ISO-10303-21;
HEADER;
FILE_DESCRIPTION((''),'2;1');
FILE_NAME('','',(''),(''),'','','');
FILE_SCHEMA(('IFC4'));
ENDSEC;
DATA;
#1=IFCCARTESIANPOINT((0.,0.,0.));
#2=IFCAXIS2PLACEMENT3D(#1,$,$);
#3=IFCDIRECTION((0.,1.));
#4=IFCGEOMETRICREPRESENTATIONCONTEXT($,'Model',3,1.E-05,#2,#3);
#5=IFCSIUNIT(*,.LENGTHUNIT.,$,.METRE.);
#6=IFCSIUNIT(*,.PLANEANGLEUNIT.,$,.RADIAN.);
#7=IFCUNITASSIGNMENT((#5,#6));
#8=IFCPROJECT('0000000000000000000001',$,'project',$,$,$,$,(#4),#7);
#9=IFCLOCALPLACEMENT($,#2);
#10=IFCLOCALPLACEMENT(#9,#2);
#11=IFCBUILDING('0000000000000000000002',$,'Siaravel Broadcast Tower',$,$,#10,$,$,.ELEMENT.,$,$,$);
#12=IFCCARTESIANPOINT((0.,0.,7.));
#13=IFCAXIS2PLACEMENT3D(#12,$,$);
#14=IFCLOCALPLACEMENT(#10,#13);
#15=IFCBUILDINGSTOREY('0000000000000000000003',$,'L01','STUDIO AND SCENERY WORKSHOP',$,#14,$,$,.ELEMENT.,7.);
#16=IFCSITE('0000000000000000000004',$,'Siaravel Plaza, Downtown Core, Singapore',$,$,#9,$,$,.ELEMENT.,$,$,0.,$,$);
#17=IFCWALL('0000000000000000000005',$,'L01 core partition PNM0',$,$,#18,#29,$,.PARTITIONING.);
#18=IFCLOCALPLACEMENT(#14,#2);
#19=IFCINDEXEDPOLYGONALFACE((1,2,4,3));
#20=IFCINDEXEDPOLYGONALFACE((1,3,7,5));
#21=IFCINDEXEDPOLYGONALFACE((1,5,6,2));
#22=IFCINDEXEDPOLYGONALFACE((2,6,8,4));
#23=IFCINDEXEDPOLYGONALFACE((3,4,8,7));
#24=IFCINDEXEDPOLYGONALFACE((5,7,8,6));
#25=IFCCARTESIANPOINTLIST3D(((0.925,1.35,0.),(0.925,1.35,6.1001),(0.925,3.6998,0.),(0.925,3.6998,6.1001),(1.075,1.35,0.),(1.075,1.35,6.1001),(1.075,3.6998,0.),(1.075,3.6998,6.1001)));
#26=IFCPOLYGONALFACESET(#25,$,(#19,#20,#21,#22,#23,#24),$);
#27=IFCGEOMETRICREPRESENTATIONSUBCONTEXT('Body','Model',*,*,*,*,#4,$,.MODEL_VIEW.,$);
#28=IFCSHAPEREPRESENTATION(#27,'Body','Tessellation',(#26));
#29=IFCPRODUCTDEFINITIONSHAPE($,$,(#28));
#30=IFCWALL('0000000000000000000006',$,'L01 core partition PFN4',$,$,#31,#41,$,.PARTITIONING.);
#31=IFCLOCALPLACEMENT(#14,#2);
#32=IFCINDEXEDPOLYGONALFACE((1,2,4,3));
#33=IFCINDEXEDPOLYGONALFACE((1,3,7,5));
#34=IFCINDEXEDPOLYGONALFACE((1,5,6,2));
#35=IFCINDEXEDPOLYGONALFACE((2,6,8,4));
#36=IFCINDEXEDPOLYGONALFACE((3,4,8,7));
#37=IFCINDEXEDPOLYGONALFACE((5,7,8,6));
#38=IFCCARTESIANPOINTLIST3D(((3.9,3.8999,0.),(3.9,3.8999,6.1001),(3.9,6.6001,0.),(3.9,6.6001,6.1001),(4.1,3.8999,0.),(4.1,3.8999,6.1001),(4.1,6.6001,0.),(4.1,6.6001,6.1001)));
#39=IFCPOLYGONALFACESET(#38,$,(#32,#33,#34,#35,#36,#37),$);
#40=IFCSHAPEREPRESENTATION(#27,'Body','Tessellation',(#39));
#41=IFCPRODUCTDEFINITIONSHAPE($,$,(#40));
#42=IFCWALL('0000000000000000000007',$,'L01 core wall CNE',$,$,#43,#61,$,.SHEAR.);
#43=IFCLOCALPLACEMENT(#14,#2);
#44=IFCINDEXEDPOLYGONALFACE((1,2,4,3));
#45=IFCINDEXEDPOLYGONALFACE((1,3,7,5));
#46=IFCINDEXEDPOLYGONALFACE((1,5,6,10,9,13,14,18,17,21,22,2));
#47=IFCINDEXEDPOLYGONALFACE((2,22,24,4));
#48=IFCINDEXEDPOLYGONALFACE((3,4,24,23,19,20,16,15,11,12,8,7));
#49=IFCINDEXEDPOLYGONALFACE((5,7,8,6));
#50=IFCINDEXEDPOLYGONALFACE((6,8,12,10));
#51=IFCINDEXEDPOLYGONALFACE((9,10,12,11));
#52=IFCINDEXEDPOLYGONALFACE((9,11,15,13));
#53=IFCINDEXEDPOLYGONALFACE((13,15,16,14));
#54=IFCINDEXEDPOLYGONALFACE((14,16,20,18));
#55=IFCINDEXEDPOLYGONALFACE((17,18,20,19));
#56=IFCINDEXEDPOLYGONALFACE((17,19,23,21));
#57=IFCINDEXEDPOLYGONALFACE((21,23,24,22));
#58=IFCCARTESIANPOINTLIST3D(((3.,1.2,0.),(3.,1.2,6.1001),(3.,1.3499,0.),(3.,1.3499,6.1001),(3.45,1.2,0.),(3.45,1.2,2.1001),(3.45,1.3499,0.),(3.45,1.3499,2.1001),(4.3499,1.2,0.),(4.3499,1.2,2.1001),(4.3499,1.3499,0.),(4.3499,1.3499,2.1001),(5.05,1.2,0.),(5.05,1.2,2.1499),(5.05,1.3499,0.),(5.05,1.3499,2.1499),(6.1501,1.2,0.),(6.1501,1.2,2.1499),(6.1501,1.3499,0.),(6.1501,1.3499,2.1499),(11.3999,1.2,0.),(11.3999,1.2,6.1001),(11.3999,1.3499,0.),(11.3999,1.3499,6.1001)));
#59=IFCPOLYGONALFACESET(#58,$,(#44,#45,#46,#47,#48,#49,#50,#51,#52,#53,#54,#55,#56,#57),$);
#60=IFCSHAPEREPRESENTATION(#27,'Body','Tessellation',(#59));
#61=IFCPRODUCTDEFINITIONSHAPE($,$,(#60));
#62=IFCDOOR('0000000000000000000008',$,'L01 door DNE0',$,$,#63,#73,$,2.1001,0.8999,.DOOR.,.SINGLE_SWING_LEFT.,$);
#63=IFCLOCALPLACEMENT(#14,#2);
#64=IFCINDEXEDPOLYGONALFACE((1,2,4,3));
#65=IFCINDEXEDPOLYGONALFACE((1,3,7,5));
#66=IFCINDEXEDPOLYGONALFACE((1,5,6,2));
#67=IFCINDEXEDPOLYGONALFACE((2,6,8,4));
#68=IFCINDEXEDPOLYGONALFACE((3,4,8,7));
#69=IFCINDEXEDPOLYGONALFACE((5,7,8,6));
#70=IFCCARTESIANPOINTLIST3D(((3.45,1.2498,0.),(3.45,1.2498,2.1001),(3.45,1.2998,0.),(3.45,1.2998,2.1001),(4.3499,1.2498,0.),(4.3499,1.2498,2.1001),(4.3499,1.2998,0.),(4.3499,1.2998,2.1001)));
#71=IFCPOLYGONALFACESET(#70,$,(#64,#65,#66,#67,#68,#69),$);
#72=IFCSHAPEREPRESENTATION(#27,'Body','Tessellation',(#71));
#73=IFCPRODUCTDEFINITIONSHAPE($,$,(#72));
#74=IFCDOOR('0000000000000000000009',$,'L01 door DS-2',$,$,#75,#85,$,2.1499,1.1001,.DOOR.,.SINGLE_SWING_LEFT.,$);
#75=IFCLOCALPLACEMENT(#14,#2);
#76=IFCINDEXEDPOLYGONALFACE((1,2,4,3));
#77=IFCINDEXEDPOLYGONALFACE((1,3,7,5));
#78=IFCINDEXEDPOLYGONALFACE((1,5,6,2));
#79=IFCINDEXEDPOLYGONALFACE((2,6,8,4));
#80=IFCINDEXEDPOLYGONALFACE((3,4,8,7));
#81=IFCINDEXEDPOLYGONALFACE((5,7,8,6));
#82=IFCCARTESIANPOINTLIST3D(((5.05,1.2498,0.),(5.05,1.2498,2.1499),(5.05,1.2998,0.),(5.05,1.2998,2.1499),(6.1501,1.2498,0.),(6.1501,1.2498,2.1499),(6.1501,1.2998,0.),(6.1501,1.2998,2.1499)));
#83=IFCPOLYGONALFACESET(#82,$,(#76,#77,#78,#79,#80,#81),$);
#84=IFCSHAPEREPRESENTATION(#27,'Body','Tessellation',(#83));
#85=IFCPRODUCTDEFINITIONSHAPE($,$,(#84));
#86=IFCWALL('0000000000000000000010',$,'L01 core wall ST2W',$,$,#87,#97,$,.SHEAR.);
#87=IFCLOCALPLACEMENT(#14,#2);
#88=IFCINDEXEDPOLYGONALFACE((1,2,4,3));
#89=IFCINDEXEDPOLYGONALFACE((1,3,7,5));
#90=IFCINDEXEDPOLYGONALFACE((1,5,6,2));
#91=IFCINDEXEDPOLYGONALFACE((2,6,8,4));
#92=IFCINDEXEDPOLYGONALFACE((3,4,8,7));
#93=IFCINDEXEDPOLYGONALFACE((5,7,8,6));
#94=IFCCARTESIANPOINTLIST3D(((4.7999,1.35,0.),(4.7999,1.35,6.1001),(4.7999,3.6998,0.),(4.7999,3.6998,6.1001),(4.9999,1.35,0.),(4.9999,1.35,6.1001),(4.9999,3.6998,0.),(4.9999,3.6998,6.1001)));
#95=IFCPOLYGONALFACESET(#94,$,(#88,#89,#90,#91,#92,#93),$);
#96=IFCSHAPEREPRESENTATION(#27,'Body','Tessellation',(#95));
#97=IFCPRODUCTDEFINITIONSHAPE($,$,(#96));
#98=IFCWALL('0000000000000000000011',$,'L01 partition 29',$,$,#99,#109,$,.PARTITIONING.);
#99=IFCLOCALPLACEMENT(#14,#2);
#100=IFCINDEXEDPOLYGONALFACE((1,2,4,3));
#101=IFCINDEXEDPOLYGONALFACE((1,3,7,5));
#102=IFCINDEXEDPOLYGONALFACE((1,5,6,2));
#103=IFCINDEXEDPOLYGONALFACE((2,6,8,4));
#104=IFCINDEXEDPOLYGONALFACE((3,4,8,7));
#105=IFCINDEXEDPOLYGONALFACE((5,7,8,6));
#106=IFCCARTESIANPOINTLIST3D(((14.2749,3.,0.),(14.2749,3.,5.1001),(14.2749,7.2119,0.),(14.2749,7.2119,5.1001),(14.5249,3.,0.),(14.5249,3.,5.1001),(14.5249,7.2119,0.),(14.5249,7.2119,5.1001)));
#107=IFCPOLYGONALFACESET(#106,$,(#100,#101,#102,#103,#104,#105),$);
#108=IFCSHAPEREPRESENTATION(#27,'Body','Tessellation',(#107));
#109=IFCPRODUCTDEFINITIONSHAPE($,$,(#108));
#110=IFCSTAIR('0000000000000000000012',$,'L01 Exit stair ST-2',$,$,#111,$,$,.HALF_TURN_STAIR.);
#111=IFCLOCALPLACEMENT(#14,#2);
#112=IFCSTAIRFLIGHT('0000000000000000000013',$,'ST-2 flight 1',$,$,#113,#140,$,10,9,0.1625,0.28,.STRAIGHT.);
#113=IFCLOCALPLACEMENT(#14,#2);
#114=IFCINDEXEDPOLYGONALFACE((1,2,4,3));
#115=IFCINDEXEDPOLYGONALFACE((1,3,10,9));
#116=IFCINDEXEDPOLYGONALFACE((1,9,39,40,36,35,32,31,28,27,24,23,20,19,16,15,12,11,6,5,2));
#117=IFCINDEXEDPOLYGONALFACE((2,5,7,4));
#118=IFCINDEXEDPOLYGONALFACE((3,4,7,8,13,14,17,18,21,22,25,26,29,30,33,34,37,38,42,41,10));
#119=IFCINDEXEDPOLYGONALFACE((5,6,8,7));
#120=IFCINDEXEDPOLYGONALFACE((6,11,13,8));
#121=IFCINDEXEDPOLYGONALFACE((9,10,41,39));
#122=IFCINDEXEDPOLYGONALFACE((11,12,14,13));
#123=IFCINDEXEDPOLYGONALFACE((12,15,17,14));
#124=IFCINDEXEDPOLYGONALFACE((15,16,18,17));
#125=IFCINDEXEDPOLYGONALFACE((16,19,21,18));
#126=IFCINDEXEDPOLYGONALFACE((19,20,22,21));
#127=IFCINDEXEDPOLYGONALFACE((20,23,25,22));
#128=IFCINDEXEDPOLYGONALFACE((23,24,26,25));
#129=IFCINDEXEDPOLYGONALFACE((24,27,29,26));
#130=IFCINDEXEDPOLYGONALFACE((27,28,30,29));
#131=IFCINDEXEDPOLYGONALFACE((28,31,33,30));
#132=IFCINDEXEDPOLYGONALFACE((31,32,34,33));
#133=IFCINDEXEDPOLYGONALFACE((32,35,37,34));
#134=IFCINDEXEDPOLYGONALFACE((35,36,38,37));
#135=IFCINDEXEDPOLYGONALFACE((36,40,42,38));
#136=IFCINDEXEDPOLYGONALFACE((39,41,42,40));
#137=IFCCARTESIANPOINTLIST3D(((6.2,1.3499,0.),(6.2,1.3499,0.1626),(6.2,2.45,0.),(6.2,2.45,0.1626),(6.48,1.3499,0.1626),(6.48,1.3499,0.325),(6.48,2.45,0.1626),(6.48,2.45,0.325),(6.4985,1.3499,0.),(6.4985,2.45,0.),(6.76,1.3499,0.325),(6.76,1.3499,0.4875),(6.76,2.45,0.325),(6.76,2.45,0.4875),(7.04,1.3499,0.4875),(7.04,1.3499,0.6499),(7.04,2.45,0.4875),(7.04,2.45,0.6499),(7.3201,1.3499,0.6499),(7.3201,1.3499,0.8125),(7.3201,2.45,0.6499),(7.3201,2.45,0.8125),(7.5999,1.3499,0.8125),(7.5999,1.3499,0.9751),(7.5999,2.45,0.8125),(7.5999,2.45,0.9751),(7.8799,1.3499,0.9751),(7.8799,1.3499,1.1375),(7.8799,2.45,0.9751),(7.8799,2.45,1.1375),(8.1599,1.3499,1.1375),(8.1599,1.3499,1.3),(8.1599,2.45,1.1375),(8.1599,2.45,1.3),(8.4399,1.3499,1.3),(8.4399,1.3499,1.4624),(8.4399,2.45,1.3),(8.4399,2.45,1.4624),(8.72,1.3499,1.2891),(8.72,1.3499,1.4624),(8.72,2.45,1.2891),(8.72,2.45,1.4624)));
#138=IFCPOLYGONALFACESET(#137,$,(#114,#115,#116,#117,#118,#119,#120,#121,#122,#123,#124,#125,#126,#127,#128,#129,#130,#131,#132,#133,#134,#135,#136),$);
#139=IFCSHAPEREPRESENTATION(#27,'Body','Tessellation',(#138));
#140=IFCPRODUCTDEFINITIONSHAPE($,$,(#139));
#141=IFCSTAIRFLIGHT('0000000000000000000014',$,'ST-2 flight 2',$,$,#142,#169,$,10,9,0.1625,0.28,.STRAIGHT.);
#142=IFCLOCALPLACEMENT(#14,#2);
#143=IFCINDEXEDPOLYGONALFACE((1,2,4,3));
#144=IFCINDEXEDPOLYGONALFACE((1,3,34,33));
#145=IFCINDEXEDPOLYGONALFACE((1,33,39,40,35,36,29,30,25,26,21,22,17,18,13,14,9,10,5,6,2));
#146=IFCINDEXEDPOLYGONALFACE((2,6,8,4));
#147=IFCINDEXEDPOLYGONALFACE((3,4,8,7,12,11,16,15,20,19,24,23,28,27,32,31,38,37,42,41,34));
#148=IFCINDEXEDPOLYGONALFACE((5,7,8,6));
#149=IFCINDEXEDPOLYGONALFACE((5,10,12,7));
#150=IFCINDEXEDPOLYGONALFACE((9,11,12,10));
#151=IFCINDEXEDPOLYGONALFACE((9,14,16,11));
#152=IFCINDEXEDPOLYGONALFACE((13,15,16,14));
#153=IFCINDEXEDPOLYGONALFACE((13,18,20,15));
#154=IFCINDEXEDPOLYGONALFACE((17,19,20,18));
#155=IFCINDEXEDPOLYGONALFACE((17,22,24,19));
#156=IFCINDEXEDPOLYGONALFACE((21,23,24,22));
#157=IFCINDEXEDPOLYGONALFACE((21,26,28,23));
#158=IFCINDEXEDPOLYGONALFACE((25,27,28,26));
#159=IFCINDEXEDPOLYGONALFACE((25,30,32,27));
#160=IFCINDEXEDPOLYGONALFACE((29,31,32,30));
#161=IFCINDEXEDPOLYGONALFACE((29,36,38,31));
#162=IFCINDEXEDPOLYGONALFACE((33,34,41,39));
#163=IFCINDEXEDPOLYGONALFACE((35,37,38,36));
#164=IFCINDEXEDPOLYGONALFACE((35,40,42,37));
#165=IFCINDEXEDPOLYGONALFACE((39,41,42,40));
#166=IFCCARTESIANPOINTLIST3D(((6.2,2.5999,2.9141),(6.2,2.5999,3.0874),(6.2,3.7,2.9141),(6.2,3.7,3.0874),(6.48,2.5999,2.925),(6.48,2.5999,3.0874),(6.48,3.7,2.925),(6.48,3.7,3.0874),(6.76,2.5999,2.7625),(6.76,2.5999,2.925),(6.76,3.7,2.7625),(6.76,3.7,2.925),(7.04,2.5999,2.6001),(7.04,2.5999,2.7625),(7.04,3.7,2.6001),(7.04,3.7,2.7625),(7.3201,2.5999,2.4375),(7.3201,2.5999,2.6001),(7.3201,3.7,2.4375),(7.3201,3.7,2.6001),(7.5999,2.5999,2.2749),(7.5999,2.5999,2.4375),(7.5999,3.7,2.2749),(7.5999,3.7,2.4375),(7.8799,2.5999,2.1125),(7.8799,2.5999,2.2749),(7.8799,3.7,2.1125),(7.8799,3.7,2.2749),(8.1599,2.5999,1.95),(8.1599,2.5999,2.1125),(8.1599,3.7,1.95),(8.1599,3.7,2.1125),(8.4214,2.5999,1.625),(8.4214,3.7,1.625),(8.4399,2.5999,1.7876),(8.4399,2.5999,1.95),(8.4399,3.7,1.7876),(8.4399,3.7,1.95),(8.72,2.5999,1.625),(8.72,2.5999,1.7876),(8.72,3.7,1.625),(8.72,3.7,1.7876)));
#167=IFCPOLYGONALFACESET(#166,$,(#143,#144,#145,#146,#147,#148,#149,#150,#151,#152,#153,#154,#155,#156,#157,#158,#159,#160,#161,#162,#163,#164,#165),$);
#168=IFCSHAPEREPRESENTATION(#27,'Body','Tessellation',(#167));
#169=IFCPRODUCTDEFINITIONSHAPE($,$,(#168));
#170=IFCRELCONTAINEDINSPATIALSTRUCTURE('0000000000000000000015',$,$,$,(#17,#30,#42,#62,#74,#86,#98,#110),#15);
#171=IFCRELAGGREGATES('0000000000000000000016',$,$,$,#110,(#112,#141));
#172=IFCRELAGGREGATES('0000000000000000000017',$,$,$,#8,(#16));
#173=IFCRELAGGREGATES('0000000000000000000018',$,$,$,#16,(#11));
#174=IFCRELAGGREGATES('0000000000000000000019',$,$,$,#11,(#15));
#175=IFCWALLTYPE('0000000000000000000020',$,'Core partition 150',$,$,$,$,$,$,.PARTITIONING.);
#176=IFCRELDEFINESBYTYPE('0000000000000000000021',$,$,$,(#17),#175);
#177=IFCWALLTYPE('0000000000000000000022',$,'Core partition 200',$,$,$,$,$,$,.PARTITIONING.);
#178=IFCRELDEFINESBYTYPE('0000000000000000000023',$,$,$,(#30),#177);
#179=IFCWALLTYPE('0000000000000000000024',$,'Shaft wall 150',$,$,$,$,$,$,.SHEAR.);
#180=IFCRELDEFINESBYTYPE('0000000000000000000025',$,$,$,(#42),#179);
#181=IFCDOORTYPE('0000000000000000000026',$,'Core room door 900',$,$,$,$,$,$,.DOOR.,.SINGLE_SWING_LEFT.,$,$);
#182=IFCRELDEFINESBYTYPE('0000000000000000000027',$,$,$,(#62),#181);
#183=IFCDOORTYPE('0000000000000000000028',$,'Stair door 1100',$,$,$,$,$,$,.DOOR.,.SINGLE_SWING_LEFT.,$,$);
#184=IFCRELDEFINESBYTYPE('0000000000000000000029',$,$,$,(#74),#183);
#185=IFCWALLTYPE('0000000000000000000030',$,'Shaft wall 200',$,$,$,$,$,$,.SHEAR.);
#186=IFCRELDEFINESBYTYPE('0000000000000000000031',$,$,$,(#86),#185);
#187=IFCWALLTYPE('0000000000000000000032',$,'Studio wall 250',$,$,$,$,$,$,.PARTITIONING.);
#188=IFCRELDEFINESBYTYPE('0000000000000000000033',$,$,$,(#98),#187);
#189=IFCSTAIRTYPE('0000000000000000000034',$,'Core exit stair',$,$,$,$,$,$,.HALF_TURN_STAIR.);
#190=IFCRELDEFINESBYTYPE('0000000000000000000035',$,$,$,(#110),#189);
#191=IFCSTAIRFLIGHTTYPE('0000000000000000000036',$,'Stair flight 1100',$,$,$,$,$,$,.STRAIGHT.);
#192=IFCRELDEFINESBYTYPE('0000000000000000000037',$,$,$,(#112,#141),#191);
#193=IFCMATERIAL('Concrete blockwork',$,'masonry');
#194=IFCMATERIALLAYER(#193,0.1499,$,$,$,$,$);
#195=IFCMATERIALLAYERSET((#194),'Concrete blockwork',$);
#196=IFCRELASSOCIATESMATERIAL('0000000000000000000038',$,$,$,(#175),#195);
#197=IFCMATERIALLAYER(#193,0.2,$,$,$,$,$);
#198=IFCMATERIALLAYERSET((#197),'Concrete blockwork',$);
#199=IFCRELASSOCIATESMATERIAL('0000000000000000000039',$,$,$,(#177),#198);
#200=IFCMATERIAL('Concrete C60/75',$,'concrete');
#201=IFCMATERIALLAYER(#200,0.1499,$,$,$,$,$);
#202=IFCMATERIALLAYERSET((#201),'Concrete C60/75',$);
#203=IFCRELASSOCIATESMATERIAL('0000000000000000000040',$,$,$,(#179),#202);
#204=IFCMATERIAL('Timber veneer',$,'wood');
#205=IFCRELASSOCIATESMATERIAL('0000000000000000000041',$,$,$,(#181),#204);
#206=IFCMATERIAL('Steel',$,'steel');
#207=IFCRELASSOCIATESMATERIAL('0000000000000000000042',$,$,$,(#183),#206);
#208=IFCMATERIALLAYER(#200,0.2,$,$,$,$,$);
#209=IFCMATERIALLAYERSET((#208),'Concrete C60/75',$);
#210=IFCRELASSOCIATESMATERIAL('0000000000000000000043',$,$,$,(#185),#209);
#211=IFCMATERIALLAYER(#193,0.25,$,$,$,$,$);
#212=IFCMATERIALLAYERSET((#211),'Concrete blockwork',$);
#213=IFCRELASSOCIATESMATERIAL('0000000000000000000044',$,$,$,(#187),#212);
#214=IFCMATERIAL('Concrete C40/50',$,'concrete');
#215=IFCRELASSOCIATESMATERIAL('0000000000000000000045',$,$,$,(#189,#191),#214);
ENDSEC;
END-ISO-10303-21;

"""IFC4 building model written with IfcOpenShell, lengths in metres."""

from ifc_helpers import new_model, si_unit, direction, frame, frame_2d, origin, place, context, subcontext, project, spatial, polyline, rectangle, outline, extrude, material, layer, layer_set, type_object, element, fill, aggregate, save


model = new_model("IFC4")

# Units and contexts
model_context = context("Model", 3, precision=1e-05, world=origin(), true_north=direction((0.0, 1.0)))
body_context = subcontext(model_context, "Body", "Model", "MODEL_VIEW")
ifc_project = project(units=[si_unit("LENGTHUNIT", "METRE"), si_unit("PLANEANGLEUNIT", "RADIAN")], contexts=[model_context])

# Site, building, storey
site_placement = place(None, origin())
site = spatial("IfcSite", under=ifc_project, at=site_placement, Name="Siaravel Plaza, Downtown Core, Singapore", CompositionType="ELEMENT", RefElevation=0.0)
building_placement = place(site_placement, origin())
building = spatial("IfcBuilding", under=site, at=building_placement, Name="Siaravel Broadcast Tower", CompositionType="ELEMENT")
storey_placement = place(building_placement, frame((0.0, 0.0, 7.0)))
storey = spatial("IfcBuildingStorey", under=building, at=storey_placement, Name="L01", Description="STUDIO AND SCENERY WORKSHOP", CompositionType="ELEMENT", Elevation=7.0)

# Walls
ifc_material_1 = material(Name="Concrete blockwork", Category="masonry")
ifc_layer_1 = layer(ifc_material_1, 0.1499)
ifc_layer_set_1 = layer_set([ifc_layer_1], Name="Concrete blockwork")
wall_type_1 = type_object("IfcWallType", Name="Core partition 150", PredefinedType="PARTITIONING", material=ifc_layer_set_1)
wall_1_placement = place(storey_placement, frame((1.0, 1.3501, 0.0), z_axis=(0.0, 0.0, 1.0), x_axis=(0.0, 1.0, 0.0)))
element("IfcWall", 1, at=wall_1_placement, inside=storey, type_object=wall_type_1, Name="L01 core partition PNM0", PredefinedType="PARTITIONING", context=body_context, shape_type="SweptSolid", body=[
    extrude(rectangle(XDim=2.3499, YDim=0.1499, at=frame_2d((1.1748, 0.0))), origin(), (0.0, 0.0, 1.0), 6.1001),
])
ifc_layer_2 = layer(ifc_material_1, 0.2)
ifc_layer_set_2 = layer_set([ifc_layer_2], Name="Concrete blockwork")
wall_type_2 = type_object("IfcWallType", Name="Core partition 200", PredefinedType="PARTITIONING", material=ifc_layer_set_2)
wall_2_placement = place(storey_placement, frame((4.0, 3.8999, 0.0), z_axis=(0.0, 0.0, 1.0), x_axis=(0.0, 1.0, 0.0)))
element("IfcWall", 2, at=wall_2_placement, inside=storey, type_object=wall_type_2, Name="L01 core partition PFN4", PredefinedType="PARTITIONING", context=body_context, shape_type="SweptSolid", body=[
    extrude(rectangle(XDim=2.7002, YDim=0.2, at=frame_2d((1.3501, 0.0))), origin(), (0.0, 0.0, 1.0), 6.1001),
])

# Wall, openings, doors
ifc_material_2 = material(Name="Concrete C60/75", Category="concrete")
ifc_layer_3 = layer(ifc_material_2, 0.1499)
ifc_layer_set_3 = layer_set([ifc_layer_3], Name="Concrete C60/75")
wall_type_3 = type_object("IfcWallType", Name="Shaft wall 150", PredefinedType="SHEAR", material=ifc_layer_set_3)
wall_3_placement = place(storey_placement, frame((3.0, 1.2749, 0.0), z_axis=(0.0, 0.0, 1.0), x_axis=(1.0, 0.0, 0.0)))
wall_3 = element("IfcWall", 3, at=wall_3_placement, inside=storey, type_object=wall_type_3, Name="L01 core wall CNE", PredefinedType="SHEAR", context=body_context, shape_type="SweptSolid", body=[
    extrude(rectangle(XDim=8.3999, YDim=0.1499, at=frame_2d((4.2, 0.0))), origin(), (0.0, 0.0, 1.0), 6.1001),
])
opening_1_placement = place(wall_3_placement, frame((2.05, 0.0, 0.0)))
opening_1 = element("IfcOpeningElement", 4, at=opening_1_placement, cuts=wall_3, PredefinedType="OPENING", context=body_context, shape_type="SweptSolid", body=[
    extrude(rectangle(XDim=1.1001, YDim=2.1499, at=frame_2d((0.55, 1.075))), frame((0.0, 0.085, 0.0), z_axis=(0.0, -1.0, 0.0), x_axis=(1.0, 0.0, 0.0)), (0.0, 0.0, 1.0), 0.1699),
])
opening_2_placement = place(wall_3_placement, frame((0.45, 0.0, 0.0)))
opening_2 = element("IfcOpeningElement", 5, at=opening_2_placement, cuts=wall_3, PredefinedType="OPENING", context=body_context, shape_type="SweptSolid", body=[
    extrude(rectangle(XDim=0.8999, YDim=2.1001, at=frame_2d((0.45, 1.05))), frame((0.0, 0.085, 0.0), z_axis=(0.0, -1.0, 0.0), x_axis=(1.0, 0.0, 0.0)), (0.0, 0.0, 1.0), 0.1699),
])
ifc_material_3 = material(Name="Timber veneer", Category="wood")
door_type_1 = type_object("IfcDoorType", Name="Core room door 900", OperationType="SINGLE_SWING_LEFT", PredefinedType="DOOR", material=ifc_material_3)
door_1_placement = place(opening_2_placement, origin())
door_1 = element("IfcDoor", 6, at=door_1_placement, inside=storey, type_object=door_type_1, Name="L01 door DNE0", OperationType="SINGLE_SWING_LEFT", OverallHeight=2.1001, OverallWidth=0.8999, PredefinedType="DOOR", context=body_context, shape_type="SweptSolid", body=[
    extrude(rectangle(XDim=0.8999, YDim=2.1001, at=frame_2d((0.45, 1.05))), frame((0.0, 0.0249, 0.0), z_axis=(0.0, -1.0, 0.0), x_axis=(1.0, 0.0, 0.0)), (0.0, 0.0, 1.0), 0.05),
])
fill(opening_2, door_1)
ifc_material_4 = material(Name="Steel", Category="steel")
door_type_2 = type_object("IfcDoorType", Name="Stair door 1100", OperationType="SINGLE_SWING_LEFT", PredefinedType="DOOR", material=ifc_material_4)
door_2_placement = place(opening_1_placement, origin())
door_2 = element("IfcDoor", 7, at=door_2_placement, inside=storey, type_object=door_type_2, Name="L01 door DS-2", OperationType="SINGLE_SWING_LEFT", OverallHeight=2.1499, OverallWidth=1.1001, PredefinedType="DOOR", context=body_context, shape_type="SweptSolid", body=[
    extrude(rectangle(XDim=1.1001, YDim=2.1499, at=frame_2d((0.55, 1.075))), frame((0.0, 0.0249, 0.0), z_axis=(0.0, -1.0, 0.0), x_axis=(1.0, 0.0, 0.0)), (0.0, 0.0, 1.0), 0.05),
])
fill(opening_1, door_2)

# Walls
ifc_layer_4 = layer(ifc_material_2, 0.2)
ifc_layer_set_4 = layer_set([ifc_layer_4], Name="Concrete C60/75")
wall_type_4 = type_object("IfcWallType", Name="Shaft wall 200", PredefinedType="SHEAR", material=ifc_layer_set_4)
wall_4_placement = place(storey_placement, frame((4.8999, 1.3501, 0.0), z_axis=(0.0, 0.0, 1.0), x_axis=(0.0, 1.0, 0.0)))
element("IfcWall", 8, at=wall_4_placement, inside=storey, type_object=wall_type_4, Name="L01 core wall ST2W", PredefinedType="SHEAR", context=body_context, shape_type="SweptSolid", body=[
    extrude(rectangle(XDim=2.3499, YDim=0.2, at=frame_2d((1.1748, 0.0))), origin(), (0.0, 0.0, 1.0), 6.1001),
])
ifc_layer_5 = layer(ifc_material_1, 0.25)
ifc_layer_set_5 = layer_set([ifc_layer_5], Name="Concrete blockwork")
wall_type_5 = type_object("IfcWallType", Name="Studio wall 250", PredefinedType="PARTITIONING", material=ifc_layer_set_5)
wall_5_placement = place(storey_placement, frame((14.3999, 3.0, 0.0), z_axis=(0.0, 0.0, 1.0), x_axis=(0.0, 1.0, 0.0)))
element("IfcWall", 9, at=wall_5_placement, inside=storey, type_object=wall_type_5, Name="L01 partition 29", PredefinedType="PARTITIONING", context=body_context, shape_type="SweptSolid", body=[
    extrude(rectangle(XDim=4.2119, YDim=0.25, at=frame_2d((2.106, 0.0))), origin(), (0.0, 0.0, 1.0), 5.1001),
])

# Stair, stair flights
ifc_material_5 = material(Name="Concrete C40/50", Category="concrete")
stair_type = type_object("IfcStairType", Name="Core exit stair", PredefinedType="HALF_TURN_STAIR", material=ifc_material_5)
stair_placement = place(storey_placement, origin())
stair = element("IfcStair", 10, at=stair_placement, inside=storey, type_object=stair_type, Name="L01 Exit stair ST-2", PredefinedType="HALF_TURN_STAIR")
stair_flight_type = type_object("IfcStairFlightType", Name="Stair flight 1100", PredefinedType="STRAIGHT", material=ifc_material_5)
stair_flight_1_placement = place(storey_placement, frame((6.2, 1.8999, 0.0), z_axis=(0.0, 0.0, 1.0), x_axis=(1.0, 0.0, 0.0)))
stair_flight_1 = element("IfcStairFlight", 11, at=stair_flight_1_placement, type_object=stair_flight_type, Name="ST-2 flight 1", NumberOfRisers=10, NumberOfTreads=9, PredefinedType="STRAIGHT", RiserHeight=0.1625, TreadLength=0.28, context=body_context, shape_type="SweptSolid", body=[
    extrude(outline(polyline([(0.0, 0.0), (0.0, 0.1626), (0.28, 0.1626), (0.28, 0.325), (0.5601, 0.325), (0.5601, 0.4875), (0.8401, 0.4875), (0.8401, 0.6499), (1.1201, 0.6499), (1.1201, 0.8125), (1.3999, 0.8125), (1.3999, 0.9751), (1.6799, 0.9751), (1.6799, 1.1375), (1.96, 1.1375), (1.96, 1.3), (2.24, 1.3), (2.24, 1.4624), (2.52, 1.4624), (2.52, 1.625), (2.52, 1.2891), (0.2986, 0.0), (0.0, 0.0)])), frame((0.0, 0.55, 0.0), z_axis=(0.0, -1.0, 0.0), x_axis=(1.0, 0.0, 0.0)), (0.0, 0.0, 1.0), 1.1001),
])
stair_flight_2_placement = place(storey_placement, frame((8.72, 3.1499, 1.625), z_axis=(0.0, 0.0, 1.0), x_axis=(-1.0, 0.0, 0.0)))
stair_flight_2 = element("IfcStairFlight", 12, at=stair_flight_2_placement, type_object=stair_flight_type, Name="ST-2 flight 2", NumberOfRisers=10, NumberOfTreads=9, PredefinedType="STRAIGHT", RiserHeight=0.1625, TreadLength=0.28, context=body_context, shape_type="SweptSolid", body=[
    extrude(outline(polyline([(0.0, 0.0), (0.0, 0.1626), (0.28, 0.1626), (0.28, 0.325), (0.5601, 0.325), (0.5601, 0.4875), (0.8401, 0.4875), (0.8401, 0.6499), (1.1201, 0.6499), (1.1201, 0.8125), (1.3999, 0.8125), (1.3999, 0.9751), (1.6799, 0.9751), (1.6799, 1.1375), (1.96, 1.1375), (1.96, 1.3), (2.24, 1.3), (2.24, 1.4624), (2.52, 1.4624), (2.52, 1.625), (2.52, 1.2891), (0.2986, 0.0), (0.0, 0.0)])), frame((0.0, 0.55, 0.0), z_axis=(0.0, -1.0, 0.0), x_axis=(1.0, 0.0, 0.0)), (0.0, 0.0, 1.0), 1.1001),
])
aggregate(stair, [stair_flight_1, stair_flight_2])

save(model, "model.ifc")
